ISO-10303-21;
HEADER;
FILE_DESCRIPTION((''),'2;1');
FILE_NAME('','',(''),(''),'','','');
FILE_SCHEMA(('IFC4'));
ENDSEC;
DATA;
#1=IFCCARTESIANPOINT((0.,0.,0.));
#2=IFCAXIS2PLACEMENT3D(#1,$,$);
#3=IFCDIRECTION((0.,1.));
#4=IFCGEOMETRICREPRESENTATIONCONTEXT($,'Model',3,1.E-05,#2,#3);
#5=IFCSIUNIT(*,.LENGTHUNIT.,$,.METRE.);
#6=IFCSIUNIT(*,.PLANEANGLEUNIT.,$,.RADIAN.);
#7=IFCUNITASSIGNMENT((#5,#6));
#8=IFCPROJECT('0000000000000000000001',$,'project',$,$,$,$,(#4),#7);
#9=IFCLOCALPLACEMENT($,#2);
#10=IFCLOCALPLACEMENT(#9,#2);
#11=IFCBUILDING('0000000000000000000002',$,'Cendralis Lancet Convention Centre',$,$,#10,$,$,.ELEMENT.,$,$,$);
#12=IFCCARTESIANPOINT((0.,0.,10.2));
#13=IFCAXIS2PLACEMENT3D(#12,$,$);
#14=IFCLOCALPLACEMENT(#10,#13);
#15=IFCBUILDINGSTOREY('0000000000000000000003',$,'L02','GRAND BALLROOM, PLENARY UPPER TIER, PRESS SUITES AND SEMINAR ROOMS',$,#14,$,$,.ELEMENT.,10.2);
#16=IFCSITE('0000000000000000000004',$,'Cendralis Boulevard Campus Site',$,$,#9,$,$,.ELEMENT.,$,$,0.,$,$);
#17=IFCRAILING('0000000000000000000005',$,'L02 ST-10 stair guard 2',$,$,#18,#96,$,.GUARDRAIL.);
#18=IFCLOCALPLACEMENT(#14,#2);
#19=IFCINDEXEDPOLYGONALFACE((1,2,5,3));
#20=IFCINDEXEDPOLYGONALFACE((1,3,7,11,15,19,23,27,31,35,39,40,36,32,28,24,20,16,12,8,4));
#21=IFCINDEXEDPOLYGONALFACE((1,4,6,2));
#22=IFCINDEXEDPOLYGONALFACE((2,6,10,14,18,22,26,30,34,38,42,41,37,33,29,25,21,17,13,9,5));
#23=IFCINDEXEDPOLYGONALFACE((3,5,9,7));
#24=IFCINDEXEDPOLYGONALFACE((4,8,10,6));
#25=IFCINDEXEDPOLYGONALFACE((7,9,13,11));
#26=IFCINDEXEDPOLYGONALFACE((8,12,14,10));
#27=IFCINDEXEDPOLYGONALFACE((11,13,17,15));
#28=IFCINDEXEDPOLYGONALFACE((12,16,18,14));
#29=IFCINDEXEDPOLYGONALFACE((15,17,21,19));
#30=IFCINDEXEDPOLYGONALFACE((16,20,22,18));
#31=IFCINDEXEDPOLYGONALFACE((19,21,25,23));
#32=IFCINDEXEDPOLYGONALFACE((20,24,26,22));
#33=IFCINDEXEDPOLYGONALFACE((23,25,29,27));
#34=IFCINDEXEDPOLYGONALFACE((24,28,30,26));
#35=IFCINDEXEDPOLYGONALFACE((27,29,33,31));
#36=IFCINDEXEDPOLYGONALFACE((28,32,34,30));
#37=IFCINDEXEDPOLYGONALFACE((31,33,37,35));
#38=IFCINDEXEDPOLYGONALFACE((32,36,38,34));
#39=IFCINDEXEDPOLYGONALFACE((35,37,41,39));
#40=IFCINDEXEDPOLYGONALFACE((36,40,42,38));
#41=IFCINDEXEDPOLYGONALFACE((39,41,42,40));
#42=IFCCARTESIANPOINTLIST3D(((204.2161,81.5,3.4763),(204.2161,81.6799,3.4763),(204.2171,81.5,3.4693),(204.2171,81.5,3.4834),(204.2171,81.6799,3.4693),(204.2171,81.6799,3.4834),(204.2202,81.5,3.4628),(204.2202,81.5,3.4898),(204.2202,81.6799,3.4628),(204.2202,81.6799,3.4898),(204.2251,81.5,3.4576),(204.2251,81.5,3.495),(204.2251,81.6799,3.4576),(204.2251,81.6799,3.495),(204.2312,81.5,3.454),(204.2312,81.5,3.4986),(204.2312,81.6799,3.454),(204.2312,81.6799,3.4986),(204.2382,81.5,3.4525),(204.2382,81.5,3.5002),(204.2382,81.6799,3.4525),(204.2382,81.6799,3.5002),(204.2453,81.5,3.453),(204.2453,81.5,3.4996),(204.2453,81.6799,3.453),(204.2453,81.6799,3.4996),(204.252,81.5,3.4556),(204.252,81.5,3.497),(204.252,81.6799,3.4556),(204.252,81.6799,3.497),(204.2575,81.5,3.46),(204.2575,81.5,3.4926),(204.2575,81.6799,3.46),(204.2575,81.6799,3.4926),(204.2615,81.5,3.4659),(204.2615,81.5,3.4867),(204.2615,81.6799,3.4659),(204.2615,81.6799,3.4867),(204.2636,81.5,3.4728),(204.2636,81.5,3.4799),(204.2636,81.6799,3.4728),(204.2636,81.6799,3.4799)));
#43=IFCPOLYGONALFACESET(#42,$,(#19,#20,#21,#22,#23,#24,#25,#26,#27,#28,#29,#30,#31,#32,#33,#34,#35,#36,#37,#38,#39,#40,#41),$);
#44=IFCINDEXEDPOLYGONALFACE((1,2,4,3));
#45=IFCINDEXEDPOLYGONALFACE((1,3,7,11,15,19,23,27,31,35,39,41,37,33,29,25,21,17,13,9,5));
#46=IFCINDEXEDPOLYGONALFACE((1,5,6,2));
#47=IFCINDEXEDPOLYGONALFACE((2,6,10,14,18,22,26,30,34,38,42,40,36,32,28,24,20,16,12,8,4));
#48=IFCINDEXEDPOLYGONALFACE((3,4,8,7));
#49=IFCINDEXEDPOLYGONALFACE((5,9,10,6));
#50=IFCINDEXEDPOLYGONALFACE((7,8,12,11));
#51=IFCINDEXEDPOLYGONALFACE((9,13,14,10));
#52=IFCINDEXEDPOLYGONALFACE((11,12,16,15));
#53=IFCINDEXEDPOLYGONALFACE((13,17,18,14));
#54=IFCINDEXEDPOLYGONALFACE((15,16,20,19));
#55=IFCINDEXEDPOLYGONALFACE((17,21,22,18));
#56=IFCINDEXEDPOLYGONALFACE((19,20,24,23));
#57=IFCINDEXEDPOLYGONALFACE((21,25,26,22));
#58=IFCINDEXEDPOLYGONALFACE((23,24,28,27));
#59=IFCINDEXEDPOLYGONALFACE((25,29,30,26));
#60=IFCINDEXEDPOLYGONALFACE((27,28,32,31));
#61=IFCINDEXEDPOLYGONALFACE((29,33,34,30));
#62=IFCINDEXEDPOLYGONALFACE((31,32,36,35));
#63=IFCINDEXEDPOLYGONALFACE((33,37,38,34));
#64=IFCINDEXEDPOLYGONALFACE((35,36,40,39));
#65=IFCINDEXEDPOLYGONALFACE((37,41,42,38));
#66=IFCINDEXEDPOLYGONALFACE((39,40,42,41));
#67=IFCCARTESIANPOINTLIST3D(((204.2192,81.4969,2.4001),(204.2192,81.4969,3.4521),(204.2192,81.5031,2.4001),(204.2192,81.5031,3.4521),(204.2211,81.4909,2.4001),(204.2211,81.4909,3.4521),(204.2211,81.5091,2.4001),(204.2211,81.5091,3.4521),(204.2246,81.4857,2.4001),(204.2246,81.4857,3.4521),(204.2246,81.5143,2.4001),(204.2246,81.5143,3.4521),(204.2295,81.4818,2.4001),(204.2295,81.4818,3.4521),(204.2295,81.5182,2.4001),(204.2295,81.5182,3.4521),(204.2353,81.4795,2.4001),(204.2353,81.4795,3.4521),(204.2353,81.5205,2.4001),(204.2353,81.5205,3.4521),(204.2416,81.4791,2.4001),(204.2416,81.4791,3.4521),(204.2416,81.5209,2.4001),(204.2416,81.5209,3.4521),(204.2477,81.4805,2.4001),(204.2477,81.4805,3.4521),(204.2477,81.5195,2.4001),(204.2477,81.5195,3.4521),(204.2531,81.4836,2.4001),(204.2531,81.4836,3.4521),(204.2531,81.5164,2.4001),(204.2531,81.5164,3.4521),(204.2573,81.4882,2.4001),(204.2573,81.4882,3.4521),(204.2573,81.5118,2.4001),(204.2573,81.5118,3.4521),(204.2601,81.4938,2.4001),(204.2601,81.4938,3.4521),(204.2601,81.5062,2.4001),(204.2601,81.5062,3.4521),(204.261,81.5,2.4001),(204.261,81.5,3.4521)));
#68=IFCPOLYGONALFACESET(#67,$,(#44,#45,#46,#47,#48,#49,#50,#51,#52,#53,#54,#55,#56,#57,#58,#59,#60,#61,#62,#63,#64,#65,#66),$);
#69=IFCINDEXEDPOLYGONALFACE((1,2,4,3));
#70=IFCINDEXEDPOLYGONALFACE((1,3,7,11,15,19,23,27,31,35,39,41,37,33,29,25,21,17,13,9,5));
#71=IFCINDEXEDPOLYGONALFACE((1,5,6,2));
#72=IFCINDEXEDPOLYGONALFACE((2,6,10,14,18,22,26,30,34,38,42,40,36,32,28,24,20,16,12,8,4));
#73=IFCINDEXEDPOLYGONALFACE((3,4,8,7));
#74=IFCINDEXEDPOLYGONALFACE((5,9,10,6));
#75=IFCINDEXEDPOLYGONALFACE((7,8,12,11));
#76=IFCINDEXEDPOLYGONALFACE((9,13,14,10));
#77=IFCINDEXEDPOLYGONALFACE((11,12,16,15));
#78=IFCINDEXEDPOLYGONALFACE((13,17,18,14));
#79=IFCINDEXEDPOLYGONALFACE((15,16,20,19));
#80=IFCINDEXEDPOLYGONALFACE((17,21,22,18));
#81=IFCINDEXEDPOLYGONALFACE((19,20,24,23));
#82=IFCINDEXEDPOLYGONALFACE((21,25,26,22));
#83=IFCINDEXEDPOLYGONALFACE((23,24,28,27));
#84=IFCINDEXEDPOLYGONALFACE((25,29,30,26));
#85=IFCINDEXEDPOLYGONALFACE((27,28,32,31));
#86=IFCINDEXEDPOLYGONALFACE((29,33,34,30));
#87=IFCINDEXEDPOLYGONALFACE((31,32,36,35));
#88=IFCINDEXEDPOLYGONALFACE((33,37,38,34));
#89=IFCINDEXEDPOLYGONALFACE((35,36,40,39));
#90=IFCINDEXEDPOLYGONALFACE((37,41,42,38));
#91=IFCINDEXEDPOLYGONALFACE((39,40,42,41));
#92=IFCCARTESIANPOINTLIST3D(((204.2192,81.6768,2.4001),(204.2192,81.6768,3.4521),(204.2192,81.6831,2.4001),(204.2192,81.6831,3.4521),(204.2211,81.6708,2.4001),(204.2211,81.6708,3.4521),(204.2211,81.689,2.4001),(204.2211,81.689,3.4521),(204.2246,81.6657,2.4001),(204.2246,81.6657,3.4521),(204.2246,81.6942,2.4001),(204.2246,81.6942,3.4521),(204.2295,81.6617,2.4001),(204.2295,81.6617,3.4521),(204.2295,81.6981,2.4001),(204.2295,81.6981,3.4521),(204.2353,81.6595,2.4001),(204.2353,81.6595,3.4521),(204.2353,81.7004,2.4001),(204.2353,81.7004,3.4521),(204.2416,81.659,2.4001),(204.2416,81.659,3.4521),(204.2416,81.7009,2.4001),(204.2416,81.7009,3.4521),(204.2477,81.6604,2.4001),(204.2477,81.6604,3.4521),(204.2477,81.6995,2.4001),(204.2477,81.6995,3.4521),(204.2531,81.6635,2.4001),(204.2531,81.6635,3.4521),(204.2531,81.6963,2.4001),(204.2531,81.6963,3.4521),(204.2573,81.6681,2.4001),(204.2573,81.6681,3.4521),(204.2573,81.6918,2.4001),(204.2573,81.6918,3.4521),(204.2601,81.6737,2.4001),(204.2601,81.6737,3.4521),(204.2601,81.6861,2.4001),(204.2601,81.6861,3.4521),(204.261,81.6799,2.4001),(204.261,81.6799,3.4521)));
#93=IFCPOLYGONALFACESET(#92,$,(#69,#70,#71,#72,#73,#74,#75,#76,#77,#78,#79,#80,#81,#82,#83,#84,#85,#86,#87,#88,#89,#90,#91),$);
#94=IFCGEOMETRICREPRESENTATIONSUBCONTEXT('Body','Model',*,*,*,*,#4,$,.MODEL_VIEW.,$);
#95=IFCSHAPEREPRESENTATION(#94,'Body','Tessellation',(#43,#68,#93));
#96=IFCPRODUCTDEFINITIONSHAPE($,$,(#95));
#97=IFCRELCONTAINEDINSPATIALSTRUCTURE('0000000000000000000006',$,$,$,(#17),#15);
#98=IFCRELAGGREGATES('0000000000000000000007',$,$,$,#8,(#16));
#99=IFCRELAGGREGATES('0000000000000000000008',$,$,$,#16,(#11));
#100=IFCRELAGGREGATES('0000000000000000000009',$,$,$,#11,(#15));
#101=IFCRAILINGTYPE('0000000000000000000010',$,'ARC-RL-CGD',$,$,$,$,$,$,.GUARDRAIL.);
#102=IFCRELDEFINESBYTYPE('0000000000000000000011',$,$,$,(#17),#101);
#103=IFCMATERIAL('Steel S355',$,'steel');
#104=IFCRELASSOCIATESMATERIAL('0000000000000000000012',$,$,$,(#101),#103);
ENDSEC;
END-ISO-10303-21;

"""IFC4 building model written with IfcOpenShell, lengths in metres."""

from ifc_helpers import new_model, si_unit, direction, frame, origin, origin_2d, place, context, subcontext, project, spatial, circle, extrude, material, type_object, element, save


model = new_model("IFC4")

# Units and contexts
model_context = context("Model", 3, precision=1e-05, world=origin(), true_north=direction((0.0, 1.0)))
body_context = subcontext(model_context, "Body", "Model", "MODEL_VIEW")
ifc_project = project(units=[si_unit("LENGTHUNIT", "METRE"), si_unit("PLANEANGLEUNIT", "RADIAN")], contexts=[model_context])

# Site, building, storey
site_placement = place(None, origin())
site = spatial("IfcSite", under=ifc_project, at=site_placement, Name="Cendralis Boulevard Campus Site", CompositionType="ELEMENT", RefElevation=0.0)
building_placement = place(site_placement, origin())
building = spatial("IfcBuilding", under=site, at=building_placement, Name="Cendralis Lancet Convention Centre", CompositionType="ELEMENT")
storey_placement = place(building_placement, frame((0.0, 0.0, 10.2)))
storey = spatial("IfcBuildingStorey", under=building, at=storey_placement, Name="L02", Description="GRAND BALLROOM, PLENARY UPPER TIER, PRESS SUITES AND SEMINAR ROOMS", CompositionType="ELEMENT", Elevation=10.2)

# Shared definitions
ifc_material_1 = material(Name="Steel S355", Category="steel")

# Railing
railing_type_1 = type_object("IfcRailingType", Name="ARC-RL-CGD", PredefinedType="GUARDRAIL", material=ifc_material_1)
railing_1_placement = place(storey_placement, frame((204.24, 81.5, 2.4001)))
element("IfcRailing", 1, at=railing_1_placement, inside=storey, type_object=railing_type_1, Name="L02 ST-10 stair guard 2", PredefinedType="GUARDRAIL", context=body_context, shape_type="SweptSolid", body=[
    extrude(circle(Radius=0.0239, at=origin_2d()), frame((0.0, 0.0, 1.0762), z_axis=(0.0, 1.0, 0.0), x_axis=(-1.0, 0.0, 0.0)), (0.0, 0.0, 1.0), 0.1799),
    extrude(circle(Radius=0.021, at=origin_2d()), origin(), (0.0, 0.0, 1.0), 1.052),
    extrude(circle(Radius=0.021, at=origin_2d()), frame((0.0, 0.1799, 0.0)), (0.0, 0.0, 1.0), 1.052),
])

save(model, "model.ifc")
